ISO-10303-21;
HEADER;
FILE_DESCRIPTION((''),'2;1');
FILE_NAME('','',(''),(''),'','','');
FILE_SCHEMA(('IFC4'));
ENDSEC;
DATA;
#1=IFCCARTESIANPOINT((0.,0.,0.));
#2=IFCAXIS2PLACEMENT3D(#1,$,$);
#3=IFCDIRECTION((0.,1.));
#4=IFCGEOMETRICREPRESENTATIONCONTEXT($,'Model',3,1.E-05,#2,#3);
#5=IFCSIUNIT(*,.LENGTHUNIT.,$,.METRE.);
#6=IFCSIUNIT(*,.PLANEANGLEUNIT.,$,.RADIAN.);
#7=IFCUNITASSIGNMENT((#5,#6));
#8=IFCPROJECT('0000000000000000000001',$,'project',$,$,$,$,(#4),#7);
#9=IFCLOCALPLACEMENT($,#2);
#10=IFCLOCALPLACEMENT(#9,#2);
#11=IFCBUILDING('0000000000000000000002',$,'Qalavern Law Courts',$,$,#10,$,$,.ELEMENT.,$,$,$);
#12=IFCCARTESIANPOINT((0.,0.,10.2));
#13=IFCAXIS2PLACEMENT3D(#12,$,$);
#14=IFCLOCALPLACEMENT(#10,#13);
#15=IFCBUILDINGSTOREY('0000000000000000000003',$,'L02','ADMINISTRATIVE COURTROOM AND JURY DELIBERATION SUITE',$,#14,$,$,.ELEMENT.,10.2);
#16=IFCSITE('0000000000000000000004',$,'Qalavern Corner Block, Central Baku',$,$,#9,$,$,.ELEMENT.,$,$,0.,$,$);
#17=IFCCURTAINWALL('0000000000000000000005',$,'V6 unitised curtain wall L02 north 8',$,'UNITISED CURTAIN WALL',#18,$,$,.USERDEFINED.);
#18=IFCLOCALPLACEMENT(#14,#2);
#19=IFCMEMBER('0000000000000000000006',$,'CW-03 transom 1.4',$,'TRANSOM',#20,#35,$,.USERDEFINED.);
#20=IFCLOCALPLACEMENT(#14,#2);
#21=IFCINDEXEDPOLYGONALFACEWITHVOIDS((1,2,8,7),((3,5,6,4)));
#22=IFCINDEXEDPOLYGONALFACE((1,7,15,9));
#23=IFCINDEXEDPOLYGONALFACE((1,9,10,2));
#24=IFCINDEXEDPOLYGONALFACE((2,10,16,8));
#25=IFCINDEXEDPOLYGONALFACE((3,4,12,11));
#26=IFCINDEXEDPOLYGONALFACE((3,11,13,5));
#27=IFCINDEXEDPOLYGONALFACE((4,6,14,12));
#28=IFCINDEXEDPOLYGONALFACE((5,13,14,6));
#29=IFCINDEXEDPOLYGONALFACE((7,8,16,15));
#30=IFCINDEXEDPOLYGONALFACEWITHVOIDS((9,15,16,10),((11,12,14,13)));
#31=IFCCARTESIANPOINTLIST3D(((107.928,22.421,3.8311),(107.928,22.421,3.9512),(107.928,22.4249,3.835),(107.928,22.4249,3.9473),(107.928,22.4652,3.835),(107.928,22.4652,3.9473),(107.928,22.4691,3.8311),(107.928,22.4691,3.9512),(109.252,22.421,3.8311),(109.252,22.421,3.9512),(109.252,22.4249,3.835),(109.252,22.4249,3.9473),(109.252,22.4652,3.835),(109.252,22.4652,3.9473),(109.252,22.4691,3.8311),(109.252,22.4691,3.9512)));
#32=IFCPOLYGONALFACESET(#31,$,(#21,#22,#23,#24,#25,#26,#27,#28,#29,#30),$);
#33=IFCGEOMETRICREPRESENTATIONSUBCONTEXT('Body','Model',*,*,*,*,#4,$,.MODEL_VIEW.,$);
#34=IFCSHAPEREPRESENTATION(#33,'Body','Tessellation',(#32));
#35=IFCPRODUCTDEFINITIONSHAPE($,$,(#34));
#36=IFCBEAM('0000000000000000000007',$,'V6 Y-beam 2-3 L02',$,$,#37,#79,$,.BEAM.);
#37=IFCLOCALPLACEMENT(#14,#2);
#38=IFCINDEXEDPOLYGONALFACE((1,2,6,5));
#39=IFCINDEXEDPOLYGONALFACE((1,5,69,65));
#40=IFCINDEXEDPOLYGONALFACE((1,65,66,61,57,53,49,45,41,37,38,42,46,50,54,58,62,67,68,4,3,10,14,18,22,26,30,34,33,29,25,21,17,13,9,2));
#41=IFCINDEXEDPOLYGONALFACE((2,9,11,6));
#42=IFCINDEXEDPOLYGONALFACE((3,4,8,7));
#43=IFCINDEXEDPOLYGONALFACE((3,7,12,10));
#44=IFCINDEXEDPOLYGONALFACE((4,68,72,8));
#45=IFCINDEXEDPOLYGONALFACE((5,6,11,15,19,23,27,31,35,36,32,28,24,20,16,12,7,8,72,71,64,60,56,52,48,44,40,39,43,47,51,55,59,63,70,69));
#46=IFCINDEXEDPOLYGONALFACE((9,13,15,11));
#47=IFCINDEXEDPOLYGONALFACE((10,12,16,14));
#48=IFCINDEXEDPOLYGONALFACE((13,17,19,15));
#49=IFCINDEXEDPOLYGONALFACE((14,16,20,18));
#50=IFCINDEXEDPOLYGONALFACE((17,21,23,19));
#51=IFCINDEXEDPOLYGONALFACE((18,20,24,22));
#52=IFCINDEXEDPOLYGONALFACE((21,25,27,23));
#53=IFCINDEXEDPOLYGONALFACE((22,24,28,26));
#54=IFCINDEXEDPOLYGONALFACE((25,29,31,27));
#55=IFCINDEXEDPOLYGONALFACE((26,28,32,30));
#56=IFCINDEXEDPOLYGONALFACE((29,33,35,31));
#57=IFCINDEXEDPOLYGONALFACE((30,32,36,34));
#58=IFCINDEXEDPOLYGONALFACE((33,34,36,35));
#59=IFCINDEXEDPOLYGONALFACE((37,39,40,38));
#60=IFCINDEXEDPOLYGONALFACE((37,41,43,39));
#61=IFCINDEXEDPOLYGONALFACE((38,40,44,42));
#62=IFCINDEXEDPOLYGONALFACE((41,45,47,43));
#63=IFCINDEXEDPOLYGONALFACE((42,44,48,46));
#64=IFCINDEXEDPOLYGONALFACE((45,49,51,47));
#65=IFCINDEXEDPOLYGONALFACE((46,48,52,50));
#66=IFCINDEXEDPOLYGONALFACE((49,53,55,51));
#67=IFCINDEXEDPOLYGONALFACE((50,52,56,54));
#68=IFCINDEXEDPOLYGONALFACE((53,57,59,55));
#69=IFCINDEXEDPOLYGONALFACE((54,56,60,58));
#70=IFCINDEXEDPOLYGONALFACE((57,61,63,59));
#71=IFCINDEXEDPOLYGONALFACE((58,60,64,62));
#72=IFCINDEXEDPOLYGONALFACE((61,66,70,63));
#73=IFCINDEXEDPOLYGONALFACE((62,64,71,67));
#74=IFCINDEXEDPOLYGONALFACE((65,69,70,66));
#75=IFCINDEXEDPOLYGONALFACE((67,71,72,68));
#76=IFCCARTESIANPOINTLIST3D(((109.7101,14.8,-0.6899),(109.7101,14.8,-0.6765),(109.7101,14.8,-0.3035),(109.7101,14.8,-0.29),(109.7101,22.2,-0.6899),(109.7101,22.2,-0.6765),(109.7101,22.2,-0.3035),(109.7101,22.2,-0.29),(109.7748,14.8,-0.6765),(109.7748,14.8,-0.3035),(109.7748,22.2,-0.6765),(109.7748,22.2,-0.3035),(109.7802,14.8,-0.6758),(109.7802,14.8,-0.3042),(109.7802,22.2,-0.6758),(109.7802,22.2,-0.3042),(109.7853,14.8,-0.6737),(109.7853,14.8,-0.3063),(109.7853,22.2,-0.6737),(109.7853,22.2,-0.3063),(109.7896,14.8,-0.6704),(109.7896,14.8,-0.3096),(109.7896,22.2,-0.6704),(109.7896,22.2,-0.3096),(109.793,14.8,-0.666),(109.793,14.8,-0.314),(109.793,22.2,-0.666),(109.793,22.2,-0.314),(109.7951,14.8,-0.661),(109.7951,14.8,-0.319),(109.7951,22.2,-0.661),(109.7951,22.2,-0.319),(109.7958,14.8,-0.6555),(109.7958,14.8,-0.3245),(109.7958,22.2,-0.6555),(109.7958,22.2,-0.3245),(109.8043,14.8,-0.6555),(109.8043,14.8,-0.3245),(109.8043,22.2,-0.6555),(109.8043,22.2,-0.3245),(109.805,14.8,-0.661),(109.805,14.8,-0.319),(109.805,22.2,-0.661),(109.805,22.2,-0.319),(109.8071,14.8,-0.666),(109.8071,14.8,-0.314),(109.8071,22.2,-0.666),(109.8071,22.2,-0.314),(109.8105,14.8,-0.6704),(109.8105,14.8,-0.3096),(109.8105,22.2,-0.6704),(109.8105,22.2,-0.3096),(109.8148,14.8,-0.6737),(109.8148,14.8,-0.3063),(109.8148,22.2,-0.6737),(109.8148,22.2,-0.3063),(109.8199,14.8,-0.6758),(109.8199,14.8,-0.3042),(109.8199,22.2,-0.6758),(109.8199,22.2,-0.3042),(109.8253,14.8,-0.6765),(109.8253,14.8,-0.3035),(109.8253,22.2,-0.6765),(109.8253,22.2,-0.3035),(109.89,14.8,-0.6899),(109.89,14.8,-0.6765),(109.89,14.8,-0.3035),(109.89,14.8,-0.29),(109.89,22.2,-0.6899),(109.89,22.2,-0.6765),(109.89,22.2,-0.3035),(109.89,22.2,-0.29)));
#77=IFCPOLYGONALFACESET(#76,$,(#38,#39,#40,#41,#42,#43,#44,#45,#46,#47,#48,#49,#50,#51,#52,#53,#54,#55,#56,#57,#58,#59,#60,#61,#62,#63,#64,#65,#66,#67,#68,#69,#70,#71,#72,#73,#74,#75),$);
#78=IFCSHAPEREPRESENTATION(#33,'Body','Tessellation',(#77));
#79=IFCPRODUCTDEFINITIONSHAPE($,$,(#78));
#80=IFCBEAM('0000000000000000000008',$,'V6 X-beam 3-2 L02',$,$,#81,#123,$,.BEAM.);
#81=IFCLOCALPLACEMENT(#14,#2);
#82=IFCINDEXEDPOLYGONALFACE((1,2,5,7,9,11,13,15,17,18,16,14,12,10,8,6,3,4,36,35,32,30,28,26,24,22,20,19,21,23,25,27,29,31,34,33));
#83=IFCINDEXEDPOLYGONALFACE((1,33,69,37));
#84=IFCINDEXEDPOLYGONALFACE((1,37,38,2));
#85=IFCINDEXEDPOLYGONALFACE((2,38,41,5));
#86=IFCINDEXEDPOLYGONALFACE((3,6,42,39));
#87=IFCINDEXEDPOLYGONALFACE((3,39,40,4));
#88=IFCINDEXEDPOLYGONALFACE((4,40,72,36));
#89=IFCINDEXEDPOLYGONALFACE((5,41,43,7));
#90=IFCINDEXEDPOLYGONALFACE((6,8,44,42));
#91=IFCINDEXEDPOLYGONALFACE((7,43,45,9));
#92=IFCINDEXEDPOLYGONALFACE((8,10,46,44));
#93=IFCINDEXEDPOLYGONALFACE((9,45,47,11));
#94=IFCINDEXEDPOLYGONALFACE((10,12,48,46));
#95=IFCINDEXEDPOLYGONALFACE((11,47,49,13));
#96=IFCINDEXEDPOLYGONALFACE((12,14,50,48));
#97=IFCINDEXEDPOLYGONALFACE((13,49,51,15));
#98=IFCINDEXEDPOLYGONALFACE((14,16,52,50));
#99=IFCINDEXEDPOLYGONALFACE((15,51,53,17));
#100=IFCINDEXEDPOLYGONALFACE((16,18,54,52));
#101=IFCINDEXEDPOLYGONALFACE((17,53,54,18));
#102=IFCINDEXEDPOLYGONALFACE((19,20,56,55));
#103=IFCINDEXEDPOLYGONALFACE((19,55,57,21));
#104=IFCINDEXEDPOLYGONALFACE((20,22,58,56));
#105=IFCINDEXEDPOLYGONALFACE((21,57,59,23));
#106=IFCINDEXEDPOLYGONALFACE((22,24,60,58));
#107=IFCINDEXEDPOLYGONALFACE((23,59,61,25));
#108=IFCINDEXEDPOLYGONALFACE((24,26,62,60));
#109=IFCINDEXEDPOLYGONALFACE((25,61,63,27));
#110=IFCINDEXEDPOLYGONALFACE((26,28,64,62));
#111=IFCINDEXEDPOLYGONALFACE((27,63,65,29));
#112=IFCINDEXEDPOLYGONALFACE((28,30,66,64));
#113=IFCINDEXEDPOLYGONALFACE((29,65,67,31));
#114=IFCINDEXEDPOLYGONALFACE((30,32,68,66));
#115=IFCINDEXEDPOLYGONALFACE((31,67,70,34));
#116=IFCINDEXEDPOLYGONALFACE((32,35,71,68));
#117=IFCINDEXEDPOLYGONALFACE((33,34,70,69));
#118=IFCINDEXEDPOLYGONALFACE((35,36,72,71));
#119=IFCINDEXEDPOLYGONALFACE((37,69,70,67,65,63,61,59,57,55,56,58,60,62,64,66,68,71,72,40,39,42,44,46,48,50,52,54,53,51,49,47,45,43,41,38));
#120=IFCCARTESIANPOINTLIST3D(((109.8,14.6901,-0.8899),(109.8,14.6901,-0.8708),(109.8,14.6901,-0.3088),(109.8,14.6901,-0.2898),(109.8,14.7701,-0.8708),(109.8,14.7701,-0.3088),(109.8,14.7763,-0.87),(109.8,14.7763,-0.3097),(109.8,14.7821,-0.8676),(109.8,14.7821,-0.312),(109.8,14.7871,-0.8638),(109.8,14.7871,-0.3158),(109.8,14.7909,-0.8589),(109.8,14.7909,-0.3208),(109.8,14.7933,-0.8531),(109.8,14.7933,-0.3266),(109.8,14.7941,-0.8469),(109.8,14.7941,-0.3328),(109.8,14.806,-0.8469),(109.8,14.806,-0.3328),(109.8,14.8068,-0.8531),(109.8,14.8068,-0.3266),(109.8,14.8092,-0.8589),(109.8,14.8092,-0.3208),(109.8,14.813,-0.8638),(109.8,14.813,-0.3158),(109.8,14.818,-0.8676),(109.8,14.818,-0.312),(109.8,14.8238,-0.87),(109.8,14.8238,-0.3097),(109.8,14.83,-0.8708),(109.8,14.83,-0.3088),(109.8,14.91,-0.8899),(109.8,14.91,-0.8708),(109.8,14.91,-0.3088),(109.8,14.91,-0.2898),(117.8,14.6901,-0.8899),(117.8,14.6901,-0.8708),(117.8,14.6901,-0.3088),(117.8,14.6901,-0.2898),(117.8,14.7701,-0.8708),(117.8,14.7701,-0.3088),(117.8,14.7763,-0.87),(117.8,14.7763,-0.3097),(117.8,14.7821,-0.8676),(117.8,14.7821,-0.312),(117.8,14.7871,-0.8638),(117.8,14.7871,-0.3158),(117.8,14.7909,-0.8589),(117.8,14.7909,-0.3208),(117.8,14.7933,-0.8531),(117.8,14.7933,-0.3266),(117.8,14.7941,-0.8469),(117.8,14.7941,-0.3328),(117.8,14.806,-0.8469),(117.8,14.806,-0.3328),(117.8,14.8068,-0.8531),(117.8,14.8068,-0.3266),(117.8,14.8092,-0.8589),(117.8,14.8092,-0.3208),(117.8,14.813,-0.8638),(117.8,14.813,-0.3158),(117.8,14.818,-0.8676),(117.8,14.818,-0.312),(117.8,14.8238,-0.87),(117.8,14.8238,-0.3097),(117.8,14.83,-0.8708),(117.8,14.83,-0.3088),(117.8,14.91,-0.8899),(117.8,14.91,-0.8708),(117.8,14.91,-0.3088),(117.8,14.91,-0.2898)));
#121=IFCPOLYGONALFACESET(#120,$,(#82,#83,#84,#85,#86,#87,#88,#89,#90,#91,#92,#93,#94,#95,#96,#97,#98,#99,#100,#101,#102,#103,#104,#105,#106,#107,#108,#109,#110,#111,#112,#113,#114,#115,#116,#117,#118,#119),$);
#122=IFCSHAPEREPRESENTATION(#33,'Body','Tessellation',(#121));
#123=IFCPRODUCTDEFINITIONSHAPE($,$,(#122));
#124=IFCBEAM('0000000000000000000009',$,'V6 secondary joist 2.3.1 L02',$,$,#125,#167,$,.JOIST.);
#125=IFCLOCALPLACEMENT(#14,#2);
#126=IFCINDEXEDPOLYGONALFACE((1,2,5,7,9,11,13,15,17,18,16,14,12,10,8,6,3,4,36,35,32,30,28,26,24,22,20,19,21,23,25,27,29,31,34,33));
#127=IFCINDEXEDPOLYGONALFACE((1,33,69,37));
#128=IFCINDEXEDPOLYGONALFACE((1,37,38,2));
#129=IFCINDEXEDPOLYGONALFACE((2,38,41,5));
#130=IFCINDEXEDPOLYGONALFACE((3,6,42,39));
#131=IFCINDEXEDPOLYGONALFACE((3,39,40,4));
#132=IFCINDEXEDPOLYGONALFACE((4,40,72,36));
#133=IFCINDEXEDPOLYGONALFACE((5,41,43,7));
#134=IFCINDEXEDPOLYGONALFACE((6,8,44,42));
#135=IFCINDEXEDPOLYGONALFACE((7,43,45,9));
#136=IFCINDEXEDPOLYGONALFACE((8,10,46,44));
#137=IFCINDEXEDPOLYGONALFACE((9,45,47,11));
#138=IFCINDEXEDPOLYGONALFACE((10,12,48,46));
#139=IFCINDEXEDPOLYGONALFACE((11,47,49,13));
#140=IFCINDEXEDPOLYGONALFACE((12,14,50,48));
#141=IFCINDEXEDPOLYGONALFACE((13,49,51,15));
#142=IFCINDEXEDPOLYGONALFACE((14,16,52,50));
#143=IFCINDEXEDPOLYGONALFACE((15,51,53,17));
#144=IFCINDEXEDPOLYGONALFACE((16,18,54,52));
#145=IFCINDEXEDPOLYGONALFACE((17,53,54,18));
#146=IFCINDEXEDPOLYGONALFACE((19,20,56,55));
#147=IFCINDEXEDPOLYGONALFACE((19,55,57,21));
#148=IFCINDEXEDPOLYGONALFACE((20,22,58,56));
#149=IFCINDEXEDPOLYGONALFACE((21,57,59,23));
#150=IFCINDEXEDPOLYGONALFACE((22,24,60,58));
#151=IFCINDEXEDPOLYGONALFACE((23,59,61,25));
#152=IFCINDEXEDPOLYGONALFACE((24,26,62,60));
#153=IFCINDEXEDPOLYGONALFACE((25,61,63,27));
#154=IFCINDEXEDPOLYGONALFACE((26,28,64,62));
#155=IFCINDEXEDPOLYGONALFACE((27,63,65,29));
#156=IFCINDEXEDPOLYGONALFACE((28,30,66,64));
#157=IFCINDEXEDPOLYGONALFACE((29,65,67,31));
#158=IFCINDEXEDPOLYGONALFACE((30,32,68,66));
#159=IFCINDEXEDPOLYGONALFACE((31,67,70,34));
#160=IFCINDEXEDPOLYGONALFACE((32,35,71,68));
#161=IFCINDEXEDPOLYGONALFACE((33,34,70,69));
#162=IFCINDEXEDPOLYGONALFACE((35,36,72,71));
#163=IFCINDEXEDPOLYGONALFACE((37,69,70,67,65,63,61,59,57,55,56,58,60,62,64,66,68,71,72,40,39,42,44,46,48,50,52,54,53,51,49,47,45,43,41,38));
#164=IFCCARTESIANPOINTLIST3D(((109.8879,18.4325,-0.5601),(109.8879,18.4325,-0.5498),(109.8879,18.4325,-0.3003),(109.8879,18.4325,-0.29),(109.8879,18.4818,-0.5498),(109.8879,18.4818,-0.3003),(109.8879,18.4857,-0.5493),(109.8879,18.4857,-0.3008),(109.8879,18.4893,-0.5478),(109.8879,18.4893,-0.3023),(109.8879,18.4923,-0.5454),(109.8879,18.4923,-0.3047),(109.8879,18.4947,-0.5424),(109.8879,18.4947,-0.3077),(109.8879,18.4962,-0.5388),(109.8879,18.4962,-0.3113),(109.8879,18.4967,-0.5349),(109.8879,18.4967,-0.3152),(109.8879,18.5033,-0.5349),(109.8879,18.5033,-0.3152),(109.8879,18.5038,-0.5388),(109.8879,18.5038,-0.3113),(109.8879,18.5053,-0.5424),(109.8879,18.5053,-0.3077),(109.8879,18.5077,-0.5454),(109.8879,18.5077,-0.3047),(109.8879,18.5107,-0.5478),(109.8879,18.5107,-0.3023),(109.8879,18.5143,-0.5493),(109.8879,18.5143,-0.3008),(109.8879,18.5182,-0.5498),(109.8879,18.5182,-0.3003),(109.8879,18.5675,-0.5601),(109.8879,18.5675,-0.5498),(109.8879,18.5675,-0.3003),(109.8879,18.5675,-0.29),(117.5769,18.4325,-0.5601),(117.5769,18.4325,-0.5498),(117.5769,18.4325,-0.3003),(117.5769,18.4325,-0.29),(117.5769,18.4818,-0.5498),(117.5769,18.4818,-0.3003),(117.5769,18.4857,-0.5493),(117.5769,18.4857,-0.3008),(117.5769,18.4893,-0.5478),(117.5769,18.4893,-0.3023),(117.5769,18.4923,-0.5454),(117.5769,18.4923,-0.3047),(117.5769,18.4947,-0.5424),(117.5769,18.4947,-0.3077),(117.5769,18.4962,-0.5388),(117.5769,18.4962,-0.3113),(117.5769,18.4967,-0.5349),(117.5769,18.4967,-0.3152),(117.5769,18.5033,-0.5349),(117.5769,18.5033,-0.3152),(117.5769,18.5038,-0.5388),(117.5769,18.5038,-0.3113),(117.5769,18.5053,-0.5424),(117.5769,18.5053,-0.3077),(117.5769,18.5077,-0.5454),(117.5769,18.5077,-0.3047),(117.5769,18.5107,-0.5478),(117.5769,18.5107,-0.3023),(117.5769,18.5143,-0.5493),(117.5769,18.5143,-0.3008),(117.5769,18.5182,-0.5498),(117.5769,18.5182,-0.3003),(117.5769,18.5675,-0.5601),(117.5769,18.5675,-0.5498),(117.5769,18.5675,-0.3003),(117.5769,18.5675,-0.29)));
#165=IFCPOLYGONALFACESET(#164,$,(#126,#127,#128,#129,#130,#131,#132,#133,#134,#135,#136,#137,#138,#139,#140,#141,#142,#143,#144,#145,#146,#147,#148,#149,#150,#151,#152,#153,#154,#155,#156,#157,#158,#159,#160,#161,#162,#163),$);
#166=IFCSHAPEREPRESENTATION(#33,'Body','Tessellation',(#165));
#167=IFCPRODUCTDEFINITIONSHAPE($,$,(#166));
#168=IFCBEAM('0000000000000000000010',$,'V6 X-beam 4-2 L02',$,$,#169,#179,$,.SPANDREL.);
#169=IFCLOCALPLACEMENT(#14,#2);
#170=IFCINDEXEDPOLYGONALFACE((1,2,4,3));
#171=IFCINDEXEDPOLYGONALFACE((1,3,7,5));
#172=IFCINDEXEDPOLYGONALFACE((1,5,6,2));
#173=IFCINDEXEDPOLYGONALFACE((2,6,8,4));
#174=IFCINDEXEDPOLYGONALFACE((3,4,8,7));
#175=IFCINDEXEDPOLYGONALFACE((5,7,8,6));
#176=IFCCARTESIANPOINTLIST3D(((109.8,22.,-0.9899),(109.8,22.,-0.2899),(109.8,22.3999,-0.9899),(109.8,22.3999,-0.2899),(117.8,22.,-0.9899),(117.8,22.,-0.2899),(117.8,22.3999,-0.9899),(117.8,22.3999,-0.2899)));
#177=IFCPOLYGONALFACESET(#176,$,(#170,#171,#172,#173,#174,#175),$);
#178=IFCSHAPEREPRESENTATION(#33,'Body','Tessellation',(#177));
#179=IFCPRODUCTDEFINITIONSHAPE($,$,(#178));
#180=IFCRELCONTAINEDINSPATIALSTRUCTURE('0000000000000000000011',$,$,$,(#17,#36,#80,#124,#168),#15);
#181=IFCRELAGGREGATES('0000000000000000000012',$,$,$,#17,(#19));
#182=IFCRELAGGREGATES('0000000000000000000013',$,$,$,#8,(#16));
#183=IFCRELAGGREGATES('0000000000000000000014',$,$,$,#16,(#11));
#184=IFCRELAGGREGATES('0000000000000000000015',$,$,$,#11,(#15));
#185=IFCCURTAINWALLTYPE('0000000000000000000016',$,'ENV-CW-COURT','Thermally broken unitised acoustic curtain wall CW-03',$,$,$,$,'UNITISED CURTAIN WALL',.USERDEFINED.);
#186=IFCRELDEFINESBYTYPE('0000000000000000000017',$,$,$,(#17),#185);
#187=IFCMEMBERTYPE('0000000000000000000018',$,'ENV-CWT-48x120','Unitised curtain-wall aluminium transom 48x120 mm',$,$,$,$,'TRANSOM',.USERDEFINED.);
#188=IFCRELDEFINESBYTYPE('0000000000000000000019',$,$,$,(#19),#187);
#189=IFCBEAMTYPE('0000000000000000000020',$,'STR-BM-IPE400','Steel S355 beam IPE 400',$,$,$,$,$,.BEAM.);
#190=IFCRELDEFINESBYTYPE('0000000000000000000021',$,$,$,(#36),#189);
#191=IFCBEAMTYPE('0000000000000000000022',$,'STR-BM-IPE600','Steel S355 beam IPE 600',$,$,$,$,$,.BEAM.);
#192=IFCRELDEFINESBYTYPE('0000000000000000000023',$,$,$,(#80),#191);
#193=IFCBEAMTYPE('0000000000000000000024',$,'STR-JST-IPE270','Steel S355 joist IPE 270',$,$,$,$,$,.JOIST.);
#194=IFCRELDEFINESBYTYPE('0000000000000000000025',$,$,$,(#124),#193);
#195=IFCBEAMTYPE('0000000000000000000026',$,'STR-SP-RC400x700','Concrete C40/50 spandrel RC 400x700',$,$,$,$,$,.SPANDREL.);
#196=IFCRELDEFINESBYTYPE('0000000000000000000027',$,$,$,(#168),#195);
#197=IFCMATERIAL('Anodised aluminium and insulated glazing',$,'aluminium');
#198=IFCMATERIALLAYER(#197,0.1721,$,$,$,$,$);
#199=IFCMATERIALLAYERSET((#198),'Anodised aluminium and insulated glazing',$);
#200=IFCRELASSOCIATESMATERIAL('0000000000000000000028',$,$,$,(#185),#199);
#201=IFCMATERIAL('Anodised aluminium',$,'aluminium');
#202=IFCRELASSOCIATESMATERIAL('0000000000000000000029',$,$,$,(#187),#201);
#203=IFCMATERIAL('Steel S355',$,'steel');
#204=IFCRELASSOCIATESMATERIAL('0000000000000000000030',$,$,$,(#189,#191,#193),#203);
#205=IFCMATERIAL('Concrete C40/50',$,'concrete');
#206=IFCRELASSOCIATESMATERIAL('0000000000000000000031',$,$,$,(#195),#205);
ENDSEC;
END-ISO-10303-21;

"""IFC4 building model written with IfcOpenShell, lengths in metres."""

from ifc_helpers import new_model, si_unit, direction, frame, origin, origin_2d, place, context, subcontext, project, spatial, rectangle, hollow_rectangle, i_section, extrude, material, layer, layer_set, material_profile, profile_set, type_object, element, aggregate, save


model = new_model("IFC4")

# Units and contexts
model_context = context("Model", 3, precision=1e-05, world=origin(), true_north=direction((0.0, 1.0)))
body_context = subcontext(model_context, "Body", "Model", "MODEL_VIEW")
ifc_project = project(units=[si_unit("LENGTHUNIT", "METRE"), si_unit("PLANEANGLEUNIT", "RADIAN")], contexts=[model_context])

# Site, building, storey
site_placement = place(None, origin())
site = spatial("IfcSite", under=ifc_project, at=site_placement, Name="Qalavern Corner Block, Central Baku", CompositionType="ELEMENT", RefElevation=0.0)
building_placement = place(site_placement, origin())
building = spatial("IfcBuilding", under=site, at=building_placement, Name="Qalavern Law Courts", CompositionType="ELEMENT")
storey_placement = place(building_placement, frame((0.0, 0.0, 10.2)))
storey = spatial("IfcBuildingStorey", under=building, at=storey_placement, Name="L02", Description="ADMINISTRATIVE COURTROOM AND JURY DELIBERATION SUITE", CompositionType="ELEMENT", Elevation=10.2)

# Shared definitions
ifc_material_1 = material(Name="Anodised aluminium and insulated glazing", Category="aluminium")
ifc_layer_1 = layer(ifc_material_1, 0.1721)
ifc_layer_set_1 = layer_set([ifc_layer_1], Name="Anodised aluminium and insulated glazing")
curtain_wall_type = type_object("IfcCurtainWallType", Name="ENV-CW-COURT", Description="Thermally broken unitised acoustic curtain wall CW-03", ElementType="UNITISED CURTAIN WALL", PredefinedType="USERDEFINED", material=ifc_layer_set_1)
ifc_material_2 = material(Name="Anodised aluminium", Category="aluminium")

# Curtain wall
curtain_wall_1_placement = place(storey_placement, origin())
curtain_wall_1 = element("IfcCurtainWall", 1, at=curtain_wall_1_placement, inside=storey, type_object=curtain_wall_type, Name="V6 unitised curtain wall L02 north 8", ObjectType="UNITISED CURTAIN WALL", PredefinedType="USERDEFINED")

# Member
ifc_material_profile_1 = material_profile(ifc_material_2, hollow_rectangle(XDim=0.0481, YDim=0.1201, WallThickness=0.0039, at=origin_2d()), Name="ALU TRANSOM 48x120")
ifc_profile_set_1 = profile_set([ifc_material_profile_1], Name="Anodised aluminium")
member_type_1 = type_object("IfcMemberType", Name="ENV-CWT-48x120", Description="Unitised curtain-wall aluminium transom 48x120 mm", ElementType="TRANSOM", PredefinedType="USERDEFINED", material=ifc_profile_set_1)
member_1_placement = place(storey_placement, frame((109.252, 22.4451, 3.8911), z_axis=(-1.0, 0.0, 0.0), x_axis=(0.0, -1.0, 0.0)))
member_1 = element("IfcMember", 2, at=member_1_placement, type_object=member_type_1, Name="CW-03 transom 1.4", ObjectType="TRANSOM", PredefinedType="USERDEFINED", context=body_context, shape_type="SweptSolid", body=[
    extrude(hollow_rectangle(XDim=0.0481, YDim=0.1201, WallThickness=0.0039, at=origin_2d()), origin(), (0.0, 0.0, 1.0), 1.324),
])
aggregate(curtain_wall_1, [member_1])

# Beams
ifc_material_3 = material(Name="Steel S355", Category="steel")
ifc_material_profile_2 = material_profile(ifc_material_3, i_section(OverallWidth=0.1799, OverallDepth=0.3999, WebThickness=0.0085, FlangeThickness=0.0134, FilletRadius=0.021, at=origin_2d()), Name="IPE 400")
ifc_profile_set_2 = profile_set([ifc_material_profile_2], Name="Steel S355")
beam_type_1 = type_object("IfcBeamType", Name="STR-BM-IPE400", Description="Steel S355 beam IPE 400", PredefinedType="BEAM", material=ifc_profile_set_2)
beam_1_placement = place(storey_placement, frame((109.8, 14.8, -0.49), z_axis=(0.0, 1.0, 0.0), x_axis=(-1.0, 0.0, 0.0)))
element("IfcBeam", 3, at=beam_1_placement, inside=storey, type_object=beam_type_1, Name="V6 Y-beam 2-3 L02", PredefinedType="BEAM", context=body_context, shape_type="SweptSolid", body=[
    extrude(i_section(OverallWidth=0.1799, OverallDepth=0.3999, WebThickness=0.0085, FlangeThickness=0.0134, FilletRadius=0.021, at=origin_2d()), origin(), (0.0, 0.0, 1.0), 7.3999),
])
ifc_material_profile_3 = material_profile(ifc_material_3, i_section(OverallWidth=0.22, OverallDepth=0.6001, WebThickness=0.012, FlangeThickness=0.019, FilletRadius=0.0239, at=origin_2d()), Name="IPE 600")
ifc_profile_set_3 = profile_set([ifc_material_profile_3], Name="Steel S355")
beam_type_2 = type_object("IfcBeamType", Name="STR-BM-IPE600", Description="Steel S355 beam IPE 600", PredefinedType="BEAM", material=ifc_profile_set_3)
beam_2_placement = place(storey_placement, frame((109.8, 14.8, -0.5898), z_axis=(1.0, 0.0, 0.0), x_axis=(0.0, 1.0, 0.0)))
element("IfcBeam", 4, at=beam_2_placement, inside=storey, type_object=beam_type_2, Name="V6 X-beam 3-2 L02", PredefinedType="BEAM", context=body_context, shape_type="SweptSolid", body=[
    extrude(i_section(OverallWidth=0.22, OverallDepth=0.6001, WebThickness=0.012, FlangeThickness=0.019, FilletRadius=0.0239, at=origin_2d()), origin(), (0.0, 0.0, 1.0), 8.0),
])
ifc_material_profile_4 = material_profile(ifc_material_3, i_section(OverallWidth=0.135, OverallDepth=0.27, WebThickness=0.0066, FlangeThickness=0.0103, FilletRadius=0.0149, at=origin_2d()), Name="IPE 270")
ifc_profile_set_4 = profile_set([ifc_material_profile_4], Name="Steel S355")
beam_type_3 = type_object("IfcBeamType", Name="STR-JST-IPE270", Description="Steel S355 joist IPE 270", PredefinedType="JOIST", material=ifc_profile_set_4)
beam_3_placement = place(storey_placement, frame((109.8879, 18.5, -0.425), z_axis=(1.0, 0.0, 0.0), x_axis=(0.0, 1.0, 0.0)))
element("IfcBeam", 5, at=beam_3_placement, inside=storey, type_object=beam_type_3, Name="V6 secondary joist 2.3.1 L02", PredefinedType="JOIST", context=body_context, shape_type="SweptSolid", body=[
    extrude(i_section(OverallWidth=0.135, OverallDepth=0.27, WebThickness=0.0066, FlangeThickness=0.0103, FilletRadius=0.0149, at=origin_2d()), origin(), (0.0, 0.0, 1.0), 7.689),
])
ifc_material_4 = material(Name="Concrete C40/50", Category="concrete")
ifc_material_profile_5 = material_profile(ifc_material_4, rectangle(XDim=0.3999, YDim=0.7, at=origin_2d()), Name="RC 400x700")
ifc_profile_set_5 = profile_set([ifc_material_profile_5], Name="Concrete C40/50")
beam_type_4 = type_object("IfcBeamType", Name="STR-SP-RC400x700", Description="Concrete C40/50 spandrel RC 400x700", PredefinedType="SPANDREL", material=ifc_profile_set_5)
beam_4_placement = place(storey_placement, frame((109.8, 22.2, -0.6399), z_axis=(1.0, 0.0, 0.0), x_axis=(0.0, 1.0, 0.0)))
element("IfcBeam", 6, at=beam_4_placement, inside=storey, type_object=beam_type_4, Name="V6 X-beam 4-2 L02", PredefinedType="SPANDREL", context=body_context, shape_type="SweptSolid", body=[
    extrude(rectangle(XDim=0.3999, YDim=0.7, at=origin_2d()), origin(), (0.0, 0.0, 1.0), 8.0),
])

save(model, "model.ifc")
